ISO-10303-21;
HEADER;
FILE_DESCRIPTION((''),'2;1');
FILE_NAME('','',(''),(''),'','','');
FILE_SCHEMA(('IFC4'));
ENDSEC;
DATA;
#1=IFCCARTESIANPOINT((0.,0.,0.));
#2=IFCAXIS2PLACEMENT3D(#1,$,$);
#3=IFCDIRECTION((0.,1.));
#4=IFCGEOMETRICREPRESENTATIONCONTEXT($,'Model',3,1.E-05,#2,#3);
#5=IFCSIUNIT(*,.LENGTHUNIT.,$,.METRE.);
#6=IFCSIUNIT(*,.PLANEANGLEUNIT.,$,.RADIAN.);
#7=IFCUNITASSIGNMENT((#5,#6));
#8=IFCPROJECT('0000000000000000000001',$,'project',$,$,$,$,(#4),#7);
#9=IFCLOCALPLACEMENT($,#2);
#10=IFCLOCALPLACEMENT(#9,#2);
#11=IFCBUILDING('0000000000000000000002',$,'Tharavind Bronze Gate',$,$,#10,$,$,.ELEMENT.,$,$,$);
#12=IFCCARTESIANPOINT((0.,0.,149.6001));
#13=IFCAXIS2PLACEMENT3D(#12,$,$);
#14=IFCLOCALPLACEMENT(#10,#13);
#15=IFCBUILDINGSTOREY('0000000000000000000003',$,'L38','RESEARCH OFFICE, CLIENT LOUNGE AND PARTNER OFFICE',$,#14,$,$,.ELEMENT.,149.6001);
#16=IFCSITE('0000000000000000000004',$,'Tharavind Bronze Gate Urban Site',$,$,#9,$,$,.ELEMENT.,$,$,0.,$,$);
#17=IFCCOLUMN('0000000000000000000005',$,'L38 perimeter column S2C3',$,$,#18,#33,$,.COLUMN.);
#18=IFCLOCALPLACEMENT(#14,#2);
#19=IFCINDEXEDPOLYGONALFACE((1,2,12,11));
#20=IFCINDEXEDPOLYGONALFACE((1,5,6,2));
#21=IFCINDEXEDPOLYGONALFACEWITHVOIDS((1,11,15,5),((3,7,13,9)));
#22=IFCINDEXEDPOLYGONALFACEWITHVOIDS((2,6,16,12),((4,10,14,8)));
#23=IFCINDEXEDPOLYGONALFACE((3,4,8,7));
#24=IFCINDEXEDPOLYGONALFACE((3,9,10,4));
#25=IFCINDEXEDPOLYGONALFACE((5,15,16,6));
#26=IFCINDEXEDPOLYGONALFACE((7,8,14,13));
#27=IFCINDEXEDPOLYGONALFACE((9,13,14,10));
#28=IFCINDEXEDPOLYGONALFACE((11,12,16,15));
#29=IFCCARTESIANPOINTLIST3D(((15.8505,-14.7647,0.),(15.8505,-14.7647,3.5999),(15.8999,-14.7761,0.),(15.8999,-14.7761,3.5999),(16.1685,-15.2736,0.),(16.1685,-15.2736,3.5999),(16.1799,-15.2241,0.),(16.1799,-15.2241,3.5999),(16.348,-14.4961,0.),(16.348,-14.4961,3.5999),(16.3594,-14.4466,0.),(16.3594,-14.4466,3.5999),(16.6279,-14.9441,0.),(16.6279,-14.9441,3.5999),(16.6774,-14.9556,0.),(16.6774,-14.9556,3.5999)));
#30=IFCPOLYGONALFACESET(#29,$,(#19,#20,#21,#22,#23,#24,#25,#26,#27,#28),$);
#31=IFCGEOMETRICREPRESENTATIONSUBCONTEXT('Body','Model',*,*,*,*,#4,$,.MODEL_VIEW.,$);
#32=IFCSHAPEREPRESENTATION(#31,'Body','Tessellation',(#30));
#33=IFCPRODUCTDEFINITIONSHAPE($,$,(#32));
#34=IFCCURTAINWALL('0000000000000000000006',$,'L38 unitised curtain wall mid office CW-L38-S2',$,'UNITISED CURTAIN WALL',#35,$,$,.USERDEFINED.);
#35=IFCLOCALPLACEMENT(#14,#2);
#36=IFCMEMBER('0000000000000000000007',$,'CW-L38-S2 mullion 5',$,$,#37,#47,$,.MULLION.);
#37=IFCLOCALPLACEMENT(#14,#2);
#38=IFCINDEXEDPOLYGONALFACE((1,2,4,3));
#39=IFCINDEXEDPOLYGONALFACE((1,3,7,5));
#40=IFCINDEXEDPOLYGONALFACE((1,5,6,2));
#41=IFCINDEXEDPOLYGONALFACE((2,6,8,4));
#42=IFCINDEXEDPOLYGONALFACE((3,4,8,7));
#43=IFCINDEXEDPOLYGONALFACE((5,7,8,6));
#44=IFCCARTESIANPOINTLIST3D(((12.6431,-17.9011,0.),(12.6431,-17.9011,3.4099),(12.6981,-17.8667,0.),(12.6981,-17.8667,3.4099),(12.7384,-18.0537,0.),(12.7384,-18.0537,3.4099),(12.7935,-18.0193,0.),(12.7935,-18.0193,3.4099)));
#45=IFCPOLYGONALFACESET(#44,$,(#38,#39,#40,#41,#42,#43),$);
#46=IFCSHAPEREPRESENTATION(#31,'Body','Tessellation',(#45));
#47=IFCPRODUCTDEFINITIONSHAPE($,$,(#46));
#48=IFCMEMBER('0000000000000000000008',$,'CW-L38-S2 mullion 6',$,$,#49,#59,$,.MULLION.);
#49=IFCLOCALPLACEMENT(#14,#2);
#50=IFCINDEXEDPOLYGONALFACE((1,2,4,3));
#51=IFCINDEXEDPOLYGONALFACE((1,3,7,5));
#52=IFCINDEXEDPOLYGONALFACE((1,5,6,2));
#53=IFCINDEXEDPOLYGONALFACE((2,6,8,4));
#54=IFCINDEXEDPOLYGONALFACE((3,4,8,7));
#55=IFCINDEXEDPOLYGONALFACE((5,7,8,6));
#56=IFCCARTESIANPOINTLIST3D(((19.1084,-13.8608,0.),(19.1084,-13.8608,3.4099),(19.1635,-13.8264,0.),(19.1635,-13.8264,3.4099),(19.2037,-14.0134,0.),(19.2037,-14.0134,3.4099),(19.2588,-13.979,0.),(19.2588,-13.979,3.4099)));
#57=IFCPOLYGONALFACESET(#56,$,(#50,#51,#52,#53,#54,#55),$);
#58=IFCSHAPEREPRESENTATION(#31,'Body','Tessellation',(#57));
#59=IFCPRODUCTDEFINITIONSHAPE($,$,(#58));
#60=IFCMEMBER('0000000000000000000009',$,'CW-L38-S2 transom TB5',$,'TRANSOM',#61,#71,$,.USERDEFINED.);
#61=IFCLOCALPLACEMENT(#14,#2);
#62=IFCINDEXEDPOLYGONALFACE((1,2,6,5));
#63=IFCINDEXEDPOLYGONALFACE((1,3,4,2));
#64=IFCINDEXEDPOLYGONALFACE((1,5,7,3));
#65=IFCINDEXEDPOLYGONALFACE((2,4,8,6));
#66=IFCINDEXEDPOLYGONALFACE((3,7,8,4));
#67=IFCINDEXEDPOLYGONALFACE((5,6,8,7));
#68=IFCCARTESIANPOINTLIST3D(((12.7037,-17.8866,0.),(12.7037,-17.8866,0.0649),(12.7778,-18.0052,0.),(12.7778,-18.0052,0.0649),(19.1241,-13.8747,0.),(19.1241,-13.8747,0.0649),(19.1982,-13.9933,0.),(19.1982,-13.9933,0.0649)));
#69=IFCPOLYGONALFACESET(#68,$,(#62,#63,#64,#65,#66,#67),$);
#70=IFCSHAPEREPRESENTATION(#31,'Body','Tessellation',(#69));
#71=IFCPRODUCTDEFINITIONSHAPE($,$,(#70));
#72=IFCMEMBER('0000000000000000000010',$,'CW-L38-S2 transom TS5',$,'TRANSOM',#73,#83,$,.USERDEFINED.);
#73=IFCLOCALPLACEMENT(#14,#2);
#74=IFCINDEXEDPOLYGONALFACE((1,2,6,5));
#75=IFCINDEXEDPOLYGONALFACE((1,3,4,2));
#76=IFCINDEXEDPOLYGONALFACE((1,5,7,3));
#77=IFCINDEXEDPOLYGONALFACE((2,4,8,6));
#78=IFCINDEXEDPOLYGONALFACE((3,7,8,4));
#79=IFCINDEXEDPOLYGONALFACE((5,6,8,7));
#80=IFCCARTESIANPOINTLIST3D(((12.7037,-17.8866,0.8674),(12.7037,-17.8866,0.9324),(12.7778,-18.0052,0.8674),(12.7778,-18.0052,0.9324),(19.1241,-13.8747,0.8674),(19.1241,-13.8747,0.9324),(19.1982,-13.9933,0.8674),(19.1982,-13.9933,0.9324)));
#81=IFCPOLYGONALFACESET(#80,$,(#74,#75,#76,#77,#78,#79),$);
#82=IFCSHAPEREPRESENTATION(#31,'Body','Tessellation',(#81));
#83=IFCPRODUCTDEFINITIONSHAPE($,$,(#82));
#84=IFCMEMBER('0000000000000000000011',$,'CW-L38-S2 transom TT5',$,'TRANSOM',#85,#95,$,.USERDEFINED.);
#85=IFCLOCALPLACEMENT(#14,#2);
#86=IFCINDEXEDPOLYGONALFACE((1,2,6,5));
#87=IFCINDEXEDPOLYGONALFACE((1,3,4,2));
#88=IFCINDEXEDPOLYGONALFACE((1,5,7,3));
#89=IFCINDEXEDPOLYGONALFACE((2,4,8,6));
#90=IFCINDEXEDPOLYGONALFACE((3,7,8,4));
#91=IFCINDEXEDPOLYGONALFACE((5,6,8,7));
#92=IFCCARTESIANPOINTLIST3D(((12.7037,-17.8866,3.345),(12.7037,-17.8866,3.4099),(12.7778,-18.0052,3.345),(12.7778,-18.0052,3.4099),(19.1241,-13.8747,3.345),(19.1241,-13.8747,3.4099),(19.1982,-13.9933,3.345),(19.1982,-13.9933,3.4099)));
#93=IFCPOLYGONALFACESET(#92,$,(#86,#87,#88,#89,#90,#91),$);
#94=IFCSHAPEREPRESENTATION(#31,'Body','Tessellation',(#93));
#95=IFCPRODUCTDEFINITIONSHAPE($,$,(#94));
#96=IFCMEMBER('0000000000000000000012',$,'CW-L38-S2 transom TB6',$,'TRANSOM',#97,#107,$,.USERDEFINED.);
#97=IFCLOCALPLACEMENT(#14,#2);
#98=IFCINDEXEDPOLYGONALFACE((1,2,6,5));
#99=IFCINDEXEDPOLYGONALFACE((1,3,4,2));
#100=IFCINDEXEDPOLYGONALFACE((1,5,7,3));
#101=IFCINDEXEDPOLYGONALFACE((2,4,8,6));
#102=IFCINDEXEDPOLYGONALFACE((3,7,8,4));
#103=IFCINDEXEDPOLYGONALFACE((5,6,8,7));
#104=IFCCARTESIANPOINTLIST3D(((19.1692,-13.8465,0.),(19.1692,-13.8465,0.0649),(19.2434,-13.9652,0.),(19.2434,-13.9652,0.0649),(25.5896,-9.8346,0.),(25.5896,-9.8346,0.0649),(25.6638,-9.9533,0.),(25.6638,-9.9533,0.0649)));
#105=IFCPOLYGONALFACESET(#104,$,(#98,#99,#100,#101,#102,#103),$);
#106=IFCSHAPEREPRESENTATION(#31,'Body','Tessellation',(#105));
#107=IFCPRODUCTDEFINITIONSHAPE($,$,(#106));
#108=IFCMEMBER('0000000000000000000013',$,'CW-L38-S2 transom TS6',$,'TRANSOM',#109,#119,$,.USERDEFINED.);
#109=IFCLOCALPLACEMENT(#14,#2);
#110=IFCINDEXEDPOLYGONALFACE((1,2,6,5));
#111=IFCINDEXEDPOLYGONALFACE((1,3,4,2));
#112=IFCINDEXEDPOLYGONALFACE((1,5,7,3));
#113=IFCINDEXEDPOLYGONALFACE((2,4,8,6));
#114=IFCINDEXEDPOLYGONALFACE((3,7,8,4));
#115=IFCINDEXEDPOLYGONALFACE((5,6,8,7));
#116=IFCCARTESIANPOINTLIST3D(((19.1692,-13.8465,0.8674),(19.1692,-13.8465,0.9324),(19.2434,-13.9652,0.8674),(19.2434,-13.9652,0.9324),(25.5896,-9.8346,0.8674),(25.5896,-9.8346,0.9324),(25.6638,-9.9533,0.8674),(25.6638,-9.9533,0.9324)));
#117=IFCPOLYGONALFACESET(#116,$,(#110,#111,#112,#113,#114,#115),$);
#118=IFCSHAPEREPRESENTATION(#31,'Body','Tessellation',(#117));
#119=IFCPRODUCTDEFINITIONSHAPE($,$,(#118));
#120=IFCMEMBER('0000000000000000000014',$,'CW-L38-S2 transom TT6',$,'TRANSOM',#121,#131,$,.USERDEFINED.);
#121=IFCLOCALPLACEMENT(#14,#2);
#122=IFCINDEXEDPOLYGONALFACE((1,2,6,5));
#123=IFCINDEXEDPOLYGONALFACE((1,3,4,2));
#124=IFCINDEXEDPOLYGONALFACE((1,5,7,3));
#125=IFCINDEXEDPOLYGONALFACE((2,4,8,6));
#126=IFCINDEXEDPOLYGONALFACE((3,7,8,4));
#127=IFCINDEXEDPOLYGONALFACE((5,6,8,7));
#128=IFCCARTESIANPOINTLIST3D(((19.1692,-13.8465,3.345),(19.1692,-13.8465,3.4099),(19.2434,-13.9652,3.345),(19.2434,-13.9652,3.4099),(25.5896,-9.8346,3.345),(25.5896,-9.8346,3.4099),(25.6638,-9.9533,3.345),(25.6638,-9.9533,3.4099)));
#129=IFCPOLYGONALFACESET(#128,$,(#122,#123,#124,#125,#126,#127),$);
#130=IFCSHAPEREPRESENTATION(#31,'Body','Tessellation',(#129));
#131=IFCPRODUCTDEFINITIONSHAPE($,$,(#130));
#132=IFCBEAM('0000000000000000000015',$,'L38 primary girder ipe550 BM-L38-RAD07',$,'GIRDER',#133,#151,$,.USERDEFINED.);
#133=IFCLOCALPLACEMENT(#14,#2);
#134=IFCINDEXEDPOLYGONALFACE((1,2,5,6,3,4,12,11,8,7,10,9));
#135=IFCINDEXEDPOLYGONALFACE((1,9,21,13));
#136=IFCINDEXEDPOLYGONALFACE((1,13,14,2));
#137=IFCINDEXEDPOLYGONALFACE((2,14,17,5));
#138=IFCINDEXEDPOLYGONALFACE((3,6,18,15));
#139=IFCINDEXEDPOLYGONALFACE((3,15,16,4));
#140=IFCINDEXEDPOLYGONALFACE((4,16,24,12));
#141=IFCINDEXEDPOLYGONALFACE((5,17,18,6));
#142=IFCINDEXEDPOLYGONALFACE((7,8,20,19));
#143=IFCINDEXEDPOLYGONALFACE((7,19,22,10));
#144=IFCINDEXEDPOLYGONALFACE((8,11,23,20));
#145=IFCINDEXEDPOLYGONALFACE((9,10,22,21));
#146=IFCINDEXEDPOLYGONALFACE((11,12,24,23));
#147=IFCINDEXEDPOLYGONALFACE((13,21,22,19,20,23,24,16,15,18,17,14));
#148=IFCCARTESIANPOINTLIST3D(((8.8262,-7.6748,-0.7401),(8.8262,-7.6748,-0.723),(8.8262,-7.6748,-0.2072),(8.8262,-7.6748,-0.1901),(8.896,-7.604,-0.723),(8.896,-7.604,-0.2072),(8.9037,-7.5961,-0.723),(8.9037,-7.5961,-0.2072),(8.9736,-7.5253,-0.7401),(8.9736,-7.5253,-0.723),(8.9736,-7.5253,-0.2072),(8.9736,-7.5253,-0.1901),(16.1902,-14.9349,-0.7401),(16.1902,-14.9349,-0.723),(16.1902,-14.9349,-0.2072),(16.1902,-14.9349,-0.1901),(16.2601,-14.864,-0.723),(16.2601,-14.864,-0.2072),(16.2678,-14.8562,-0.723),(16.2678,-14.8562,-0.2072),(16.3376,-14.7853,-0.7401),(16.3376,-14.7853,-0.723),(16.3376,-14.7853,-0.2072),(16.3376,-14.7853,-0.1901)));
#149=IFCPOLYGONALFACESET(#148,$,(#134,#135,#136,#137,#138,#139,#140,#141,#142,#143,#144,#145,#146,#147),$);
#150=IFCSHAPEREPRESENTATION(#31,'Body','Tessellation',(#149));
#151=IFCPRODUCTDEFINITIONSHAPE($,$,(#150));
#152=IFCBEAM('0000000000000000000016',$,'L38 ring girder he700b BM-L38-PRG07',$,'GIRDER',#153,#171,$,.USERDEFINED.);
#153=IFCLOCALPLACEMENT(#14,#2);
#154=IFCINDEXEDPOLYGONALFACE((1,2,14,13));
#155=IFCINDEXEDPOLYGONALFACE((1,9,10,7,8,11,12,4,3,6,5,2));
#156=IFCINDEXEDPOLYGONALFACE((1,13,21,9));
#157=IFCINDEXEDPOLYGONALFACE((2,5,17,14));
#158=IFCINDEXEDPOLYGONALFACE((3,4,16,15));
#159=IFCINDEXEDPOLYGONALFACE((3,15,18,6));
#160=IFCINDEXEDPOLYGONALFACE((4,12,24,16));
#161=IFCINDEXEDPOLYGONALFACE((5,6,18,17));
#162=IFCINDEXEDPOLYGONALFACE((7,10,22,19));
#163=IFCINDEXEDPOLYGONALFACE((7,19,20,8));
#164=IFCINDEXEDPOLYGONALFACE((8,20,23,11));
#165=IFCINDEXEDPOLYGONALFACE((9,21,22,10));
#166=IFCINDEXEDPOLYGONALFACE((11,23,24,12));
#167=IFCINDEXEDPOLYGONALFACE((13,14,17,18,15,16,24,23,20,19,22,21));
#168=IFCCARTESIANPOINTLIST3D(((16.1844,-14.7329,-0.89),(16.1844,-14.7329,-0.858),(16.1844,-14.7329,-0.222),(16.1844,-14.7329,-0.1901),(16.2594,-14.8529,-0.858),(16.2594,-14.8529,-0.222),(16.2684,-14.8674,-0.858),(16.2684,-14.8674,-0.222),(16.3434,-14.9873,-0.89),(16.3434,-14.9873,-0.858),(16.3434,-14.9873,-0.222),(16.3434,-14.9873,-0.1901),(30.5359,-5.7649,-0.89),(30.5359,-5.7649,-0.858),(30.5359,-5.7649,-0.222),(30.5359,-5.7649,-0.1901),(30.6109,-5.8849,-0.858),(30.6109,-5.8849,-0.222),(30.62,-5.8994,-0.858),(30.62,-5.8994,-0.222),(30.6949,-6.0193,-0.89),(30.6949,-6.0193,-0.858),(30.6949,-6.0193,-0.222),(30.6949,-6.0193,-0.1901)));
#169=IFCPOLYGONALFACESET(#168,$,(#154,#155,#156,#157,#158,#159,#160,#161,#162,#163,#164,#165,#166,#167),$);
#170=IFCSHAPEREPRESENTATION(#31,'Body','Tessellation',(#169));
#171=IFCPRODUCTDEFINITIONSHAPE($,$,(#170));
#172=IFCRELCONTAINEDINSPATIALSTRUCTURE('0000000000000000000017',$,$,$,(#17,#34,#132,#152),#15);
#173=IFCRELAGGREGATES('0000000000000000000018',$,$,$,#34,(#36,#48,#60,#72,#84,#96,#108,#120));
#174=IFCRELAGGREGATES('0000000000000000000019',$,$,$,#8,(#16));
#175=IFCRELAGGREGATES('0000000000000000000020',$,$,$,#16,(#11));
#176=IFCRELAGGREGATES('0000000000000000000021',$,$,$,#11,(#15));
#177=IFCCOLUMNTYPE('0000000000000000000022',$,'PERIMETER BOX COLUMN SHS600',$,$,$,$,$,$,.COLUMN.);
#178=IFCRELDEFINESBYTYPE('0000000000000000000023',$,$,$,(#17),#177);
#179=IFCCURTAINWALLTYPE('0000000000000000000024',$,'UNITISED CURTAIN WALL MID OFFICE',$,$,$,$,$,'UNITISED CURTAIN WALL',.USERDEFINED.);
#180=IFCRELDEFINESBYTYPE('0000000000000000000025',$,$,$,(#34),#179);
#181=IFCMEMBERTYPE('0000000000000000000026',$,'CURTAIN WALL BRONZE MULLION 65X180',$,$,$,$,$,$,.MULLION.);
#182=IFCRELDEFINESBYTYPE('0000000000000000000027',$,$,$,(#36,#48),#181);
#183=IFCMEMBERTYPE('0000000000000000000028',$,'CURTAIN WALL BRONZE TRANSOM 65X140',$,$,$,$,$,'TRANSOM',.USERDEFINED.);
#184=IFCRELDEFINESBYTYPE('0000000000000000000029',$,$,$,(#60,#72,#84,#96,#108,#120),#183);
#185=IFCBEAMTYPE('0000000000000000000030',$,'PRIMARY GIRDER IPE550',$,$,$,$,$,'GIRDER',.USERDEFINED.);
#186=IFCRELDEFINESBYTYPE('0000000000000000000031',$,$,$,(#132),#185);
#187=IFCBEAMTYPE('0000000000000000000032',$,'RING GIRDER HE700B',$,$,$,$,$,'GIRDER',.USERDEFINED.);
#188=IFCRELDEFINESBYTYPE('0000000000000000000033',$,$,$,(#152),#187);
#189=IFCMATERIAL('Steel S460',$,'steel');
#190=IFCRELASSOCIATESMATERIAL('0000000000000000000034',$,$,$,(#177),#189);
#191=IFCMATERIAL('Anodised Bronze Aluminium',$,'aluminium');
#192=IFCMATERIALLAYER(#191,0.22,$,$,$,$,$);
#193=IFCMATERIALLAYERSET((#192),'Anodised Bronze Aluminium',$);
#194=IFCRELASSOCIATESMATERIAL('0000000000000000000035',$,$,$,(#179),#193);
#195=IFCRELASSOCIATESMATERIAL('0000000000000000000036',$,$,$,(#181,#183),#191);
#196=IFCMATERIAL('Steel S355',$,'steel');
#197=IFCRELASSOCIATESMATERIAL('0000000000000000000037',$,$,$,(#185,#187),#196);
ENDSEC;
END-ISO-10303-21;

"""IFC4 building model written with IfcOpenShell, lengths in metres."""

from ifc_helpers import new_model, si_unit, direction, frame, origin, origin_2d, place, context, subcontext, project, spatial, rectangle, hollow_rectangle, i_section, extrude, material, layer, layer_set, material_profile, profile_set, type_object, element, aggregate, save


model = new_model("IFC4")

# Units and contexts
model_context = context("Model", 3, precision=1e-05, world=origin(), true_north=direction((0.0, 1.0)))
body_context = subcontext(model_context, "Body", "Model", "MODEL_VIEW")
ifc_project = project(units=[si_unit("LENGTHUNIT", "METRE"), si_unit("PLANEANGLEUNIT", "RADIAN")], contexts=[model_context])

# Site, building, storey
site_placement = place(None, origin())
site = spatial("IfcSite", under=ifc_project, at=site_placement, Name="Tharavind Bronze Gate Urban Site", CompositionType="ELEMENT", RefElevation=0.0)
building_placement = place(site_placement, origin())
building = spatial("IfcBuilding", under=site, at=building_placement, Name="Tharavind Bronze Gate", CompositionType="ELEMENT")
storey_placement = place(building_placement, frame((0.0, 0.0, 149.6001)))
storey = spatial("IfcBuildingStorey", under=building, at=storey_placement, Name="L38", Description="RESEARCH OFFICE, CLIENT LOUNGE AND PARTNER OFFICE", CompositionType="ELEMENT", Elevation=149.6001)

# Column
ifc_material_1 = material(Name="Steel S460", Category="steel")
ifc_material_profile_1 = material_profile(ifc_material_1, hollow_rectangle(XDim=0.6001, YDim=0.6001, WallThickness=0.0359, at=origin_2d()), Name="SHS600X36")
ifc_profile_set_1 = profile_set([ifc_material_profile_1], Name="Steel S460")
column_type = type_object("IfcColumnType", Name="PERIMETER BOX COLUMN SHS600", PredefinedType="COLUMN", material=ifc_profile_set_1)
column_placement = place(storey_placement, frame((16.2639, -14.8601, 0.0), z_axis=(0.0, 0.0, 1.0), x_axis=(0.848047, 0.529921, 0.0)))
element("IfcColumn", 1, at=column_placement, inside=storey, type_object=column_type, Name="L38 perimeter column S2C3", PredefinedType="COLUMN", context=body_context, shape_type="SweptSolid", body=[
    extrude(hollow_rectangle(XDim=0.6001, YDim=0.6001, WallThickness=0.0359, at=origin_2d()), origin(), (0.0, 0.0, 1.0), 3.5999),
])

# Curtain wall, members
ifc_material_2 = material(Name="Anodised Bronze Aluminium", Category="aluminium")
ifc_layer_1 = layer(ifc_material_2, 0.22)
ifc_layer_set_1 = layer_set([ifc_layer_1], Name="Anodised Bronze Aluminium")
curtain_wall_type = type_object("IfcCurtainWallType", Name="UNITISED CURTAIN WALL MID OFFICE", ElementType="UNITISED CURTAIN WALL", PredefinedType="USERDEFINED", material=ifc_layer_set_1)
curtain_wall_placement = place(storey_placement, origin())
curtain_wall = element("IfcCurtainWall", 2, at=curtain_wall_placement, inside=storey, type_object=curtain_wall_type, Name="L38 unitised curtain wall mid office CW-L38-S2", ObjectType="UNITISED CURTAIN WALL", PredefinedType="USERDEFINED")
member_type_1 = type_object("IfcMemberType", Name="CURTAIN WALL BRONZE MULLION 65X180", PredefinedType="MULLION", material=ifc_material_2)
member_1_placement = place(storey_placement, frame((12.7183, -17.9602, 0.0), z_axis=(0.0, 0.0, 1.0), x_axis=(0.848048, 0.529919, 0.0)))
member_1 = element("IfcMember", 3, at=member_1_placement, type_object=member_type_1, Name="CW-L38-S2 mullion 5", PredefinedType="MULLION", context=body_context, shape_type="SweptSolid", body=[
    extrude(rectangle(XDim=0.0649, YDim=0.1799, at=origin_2d()), origin(), (0.0, 0.0, 1.0), 3.4099),
])
member_2_placement = place(storey_placement, frame((19.1836, -13.9199, 0.0), z_axis=(0.0, 0.0, 1.0), x_axis=(0.848048, 0.529919, 0.0)))
member_2 = element("IfcMember", 4, at=member_2_placement, type_object=member_type_1, Name="CW-L38-S2 mullion 6", PredefinedType="MULLION", context=body_context, shape_type="SweptSolid", body=[
    extrude(rectangle(XDim=0.0649, YDim=0.1799, at=origin_2d()), origin(), (0.0, 0.0, 1.0), 3.4099),
])
member_type_2 = type_object("IfcMemberType", Name="CURTAIN WALL BRONZE TRANSOM 65X140", ElementType="TRANSOM", PredefinedType="USERDEFINED", material=ifc_material_2)
member_3_placement = place(storey_placement, frame((15.9509, -15.9399, 0.0), z_axis=(0.0, 0.0, 1.0), x_axis=(0.848048, 0.529919, 0.0)))
member_3 = element("IfcMember", 5, at=member_3_placement, type_object=member_type_2, Name="CW-L38-S2 transom TB5", ObjectType="TRANSOM", PredefinedType="USERDEFINED", context=body_context, shape_type="SweptSolid", body=[
    extrude(rectangle(XDim=7.5708, YDim=0.1399, at=origin_2d()), origin(), (0.0, 0.0, 1.0), 0.0649),
])
member_4_placement = place(storey_placement, frame((15.9509, -15.9399, 0.8674), z_axis=(0.0, 0.0, 1.0), x_axis=(0.848048, 0.529919, 0.0)))
member_4 = element("IfcMember", 6, at=member_4_placement, type_object=member_type_2, Name="CW-L38-S2 transom TS5", ObjectType="TRANSOM", PredefinedType="USERDEFINED", context=body_context, shape_type="SweptSolid", body=[
    extrude(rectangle(XDim=7.5708, YDim=0.1399, at=origin_2d()), origin(), (0.0, 0.0, 1.0), 0.0649),
])
member_5_placement = place(storey_placement, frame((15.9509, -15.9399, 3.345), z_axis=(0.0, 0.0, 1.0), x_axis=(0.848048, 0.529919, 0.0)))
member_5 = element("IfcMember", 7, at=member_5_placement, type_object=member_type_2, Name="CW-L38-S2 transom TT5", ObjectType="TRANSOM", PredefinedType="USERDEFINED", context=body_context, shape_type="SweptSolid", body=[
    extrude(rectangle(XDim=7.5708, YDim=0.1399, at=origin_2d()), origin(), (0.0, 0.0, 1.0), 0.0649),
])
member_6_placement = place(storey_placement, frame((22.4165, -11.8999, 0.0), z_axis=(0.0, 0.0, 1.0), x_axis=(0.848048, 0.529919, 0.0)))
member_6 = element("IfcMember", 8, at=member_6_placement, type_object=member_type_2, Name="CW-L38-S2 transom TB6", ObjectType="TRANSOM", PredefinedType="USERDEFINED", context=body_context, shape_type="SweptSolid", body=[
    extrude(rectangle(XDim=7.5708, YDim=0.1399, at=origin_2d()), origin(), (0.0, 0.0, 1.0), 0.0649),
])
member_7_placement = place(storey_placement, frame((22.4165, -11.8999, 0.8674), z_axis=(0.0, 0.0, 1.0), x_axis=(0.848048, 0.529919, 0.0)))
member_7 = element("IfcMember", 9, at=member_7_placement, type_object=member_type_2, Name="CW-L38-S2 transom TS6", ObjectType="TRANSOM", PredefinedType="USERDEFINED", context=body_context, shape_type="SweptSolid", body=[
    extrude(rectangle(XDim=7.5708, YDim=0.1399, at=origin_2d()), origin(), (0.0, 0.0, 1.0), 0.0649),
])
member_8_placement = place(storey_placement, frame((22.4165, -11.8999, 3.345), z_axis=(0.0, 0.0, 1.0), x_axis=(0.848048, 0.529919, 0.0)))
member_8 = element("IfcMember", 10, at=member_8_placement, type_object=member_type_2, Name="CW-L38-S2 transom TT6", ObjectType="TRANSOM", PredefinedType="USERDEFINED", context=body_context, shape_type="SweptSolid", body=[
    extrude(rectangle(XDim=7.5708, YDim=0.1399, at=origin_2d()), origin(), (0.0, 0.0, 1.0), 0.0649),
])

# Beams
ifc_material_3 = material(Name="Steel S355", Category="steel")
ifc_material_profile_2 = material_profile(ifc_material_3, i_section(OverallWidth=0.21, OverallDepth=0.55, WebThickness=0.011, FlangeThickness=0.0171, at=origin_2d()), Name="IPE550")
ifc_profile_set_2 = profile_set([ifc_material_profile_2], Name="Steel S355")
beam_type_1 = type_object("IfcBeamType", Name="PRIMARY GIRDER IPE550", ElementType="GIRDER", PredefinedType="USERDEFINED", material=ifc_profile_set_2)
beam_1_placement = place(storey_placement, frame((16.2639, -14.8601, -0.4651), z_axis=(-0.712118, 0.70206, 0.0), x_axis=(-0.70206, -0.712118, 0.0)))
element("IfcBeam", 11, at=beam_1_placement, inside=storey, type_object=beam_type_1, Name="L38 primary girder ipe550 BM-L38-RAD07", ObjectType="GIRDER", PredefinedType="USERDEFINED", context=body_context, shape_type="SweptSolid", body=[
    extrude(i_section(OverallWidth=0.21, OverallDepth=0.55, WebThickness=0.011, FlangeThickness=0.0171, at=origin_2d()), origin(), (0.0, 0.0, 1.0), 10.3411),
])
ifc_material_profile_3 = material_profile(ifc_material_3, i_section(OverallWidth=0.3, OverallDepth=0.7, WebThickness=0.0171, FlangeThickness=0.032, at=origin_2d()), Name="HE700B")
ifc_profile_set_3 = profile_set([ifc_material_profile_3], Name="Steel S355")
beam_type_2 = type_object("IfcBeamType", Name="RING GIRDER HE700B", ElementType="GIRDER", PredefinedType="USERDEFINED", material=ifc_profile_set_3)
beam_2_placement = place(storey_placement, frame((16.2639, -14.8601, -0.54), z_axis=(0.848044, 0.529926, 0.0), x_axis=(-0.529926, 0.848044, 0.0)))
element("IfcBeam", 12, at=beam_2_placement, inside=storey, type_object=beam_type_2, Name="L38 ring girder he700b BM-L38-PRG07", ObjectType="GIRDER", PredefinedType="USERDEFINED", context=body_context, shape_type="SweptSolid", body=[
    extrude(i_section(OverallWidth=0.3, OverallDepth=0.7, WebThickness=0.0171, FlangeThickness=0.032, at=origin_2d()), origin(), (0.0, 0.0, 1.0), 16.9231),
])

aggregate(curtain_wall, [member_1, member_2, member_3, member_4, member_5, member_6, member_7, member_8])

save(model, "model.ifc")
